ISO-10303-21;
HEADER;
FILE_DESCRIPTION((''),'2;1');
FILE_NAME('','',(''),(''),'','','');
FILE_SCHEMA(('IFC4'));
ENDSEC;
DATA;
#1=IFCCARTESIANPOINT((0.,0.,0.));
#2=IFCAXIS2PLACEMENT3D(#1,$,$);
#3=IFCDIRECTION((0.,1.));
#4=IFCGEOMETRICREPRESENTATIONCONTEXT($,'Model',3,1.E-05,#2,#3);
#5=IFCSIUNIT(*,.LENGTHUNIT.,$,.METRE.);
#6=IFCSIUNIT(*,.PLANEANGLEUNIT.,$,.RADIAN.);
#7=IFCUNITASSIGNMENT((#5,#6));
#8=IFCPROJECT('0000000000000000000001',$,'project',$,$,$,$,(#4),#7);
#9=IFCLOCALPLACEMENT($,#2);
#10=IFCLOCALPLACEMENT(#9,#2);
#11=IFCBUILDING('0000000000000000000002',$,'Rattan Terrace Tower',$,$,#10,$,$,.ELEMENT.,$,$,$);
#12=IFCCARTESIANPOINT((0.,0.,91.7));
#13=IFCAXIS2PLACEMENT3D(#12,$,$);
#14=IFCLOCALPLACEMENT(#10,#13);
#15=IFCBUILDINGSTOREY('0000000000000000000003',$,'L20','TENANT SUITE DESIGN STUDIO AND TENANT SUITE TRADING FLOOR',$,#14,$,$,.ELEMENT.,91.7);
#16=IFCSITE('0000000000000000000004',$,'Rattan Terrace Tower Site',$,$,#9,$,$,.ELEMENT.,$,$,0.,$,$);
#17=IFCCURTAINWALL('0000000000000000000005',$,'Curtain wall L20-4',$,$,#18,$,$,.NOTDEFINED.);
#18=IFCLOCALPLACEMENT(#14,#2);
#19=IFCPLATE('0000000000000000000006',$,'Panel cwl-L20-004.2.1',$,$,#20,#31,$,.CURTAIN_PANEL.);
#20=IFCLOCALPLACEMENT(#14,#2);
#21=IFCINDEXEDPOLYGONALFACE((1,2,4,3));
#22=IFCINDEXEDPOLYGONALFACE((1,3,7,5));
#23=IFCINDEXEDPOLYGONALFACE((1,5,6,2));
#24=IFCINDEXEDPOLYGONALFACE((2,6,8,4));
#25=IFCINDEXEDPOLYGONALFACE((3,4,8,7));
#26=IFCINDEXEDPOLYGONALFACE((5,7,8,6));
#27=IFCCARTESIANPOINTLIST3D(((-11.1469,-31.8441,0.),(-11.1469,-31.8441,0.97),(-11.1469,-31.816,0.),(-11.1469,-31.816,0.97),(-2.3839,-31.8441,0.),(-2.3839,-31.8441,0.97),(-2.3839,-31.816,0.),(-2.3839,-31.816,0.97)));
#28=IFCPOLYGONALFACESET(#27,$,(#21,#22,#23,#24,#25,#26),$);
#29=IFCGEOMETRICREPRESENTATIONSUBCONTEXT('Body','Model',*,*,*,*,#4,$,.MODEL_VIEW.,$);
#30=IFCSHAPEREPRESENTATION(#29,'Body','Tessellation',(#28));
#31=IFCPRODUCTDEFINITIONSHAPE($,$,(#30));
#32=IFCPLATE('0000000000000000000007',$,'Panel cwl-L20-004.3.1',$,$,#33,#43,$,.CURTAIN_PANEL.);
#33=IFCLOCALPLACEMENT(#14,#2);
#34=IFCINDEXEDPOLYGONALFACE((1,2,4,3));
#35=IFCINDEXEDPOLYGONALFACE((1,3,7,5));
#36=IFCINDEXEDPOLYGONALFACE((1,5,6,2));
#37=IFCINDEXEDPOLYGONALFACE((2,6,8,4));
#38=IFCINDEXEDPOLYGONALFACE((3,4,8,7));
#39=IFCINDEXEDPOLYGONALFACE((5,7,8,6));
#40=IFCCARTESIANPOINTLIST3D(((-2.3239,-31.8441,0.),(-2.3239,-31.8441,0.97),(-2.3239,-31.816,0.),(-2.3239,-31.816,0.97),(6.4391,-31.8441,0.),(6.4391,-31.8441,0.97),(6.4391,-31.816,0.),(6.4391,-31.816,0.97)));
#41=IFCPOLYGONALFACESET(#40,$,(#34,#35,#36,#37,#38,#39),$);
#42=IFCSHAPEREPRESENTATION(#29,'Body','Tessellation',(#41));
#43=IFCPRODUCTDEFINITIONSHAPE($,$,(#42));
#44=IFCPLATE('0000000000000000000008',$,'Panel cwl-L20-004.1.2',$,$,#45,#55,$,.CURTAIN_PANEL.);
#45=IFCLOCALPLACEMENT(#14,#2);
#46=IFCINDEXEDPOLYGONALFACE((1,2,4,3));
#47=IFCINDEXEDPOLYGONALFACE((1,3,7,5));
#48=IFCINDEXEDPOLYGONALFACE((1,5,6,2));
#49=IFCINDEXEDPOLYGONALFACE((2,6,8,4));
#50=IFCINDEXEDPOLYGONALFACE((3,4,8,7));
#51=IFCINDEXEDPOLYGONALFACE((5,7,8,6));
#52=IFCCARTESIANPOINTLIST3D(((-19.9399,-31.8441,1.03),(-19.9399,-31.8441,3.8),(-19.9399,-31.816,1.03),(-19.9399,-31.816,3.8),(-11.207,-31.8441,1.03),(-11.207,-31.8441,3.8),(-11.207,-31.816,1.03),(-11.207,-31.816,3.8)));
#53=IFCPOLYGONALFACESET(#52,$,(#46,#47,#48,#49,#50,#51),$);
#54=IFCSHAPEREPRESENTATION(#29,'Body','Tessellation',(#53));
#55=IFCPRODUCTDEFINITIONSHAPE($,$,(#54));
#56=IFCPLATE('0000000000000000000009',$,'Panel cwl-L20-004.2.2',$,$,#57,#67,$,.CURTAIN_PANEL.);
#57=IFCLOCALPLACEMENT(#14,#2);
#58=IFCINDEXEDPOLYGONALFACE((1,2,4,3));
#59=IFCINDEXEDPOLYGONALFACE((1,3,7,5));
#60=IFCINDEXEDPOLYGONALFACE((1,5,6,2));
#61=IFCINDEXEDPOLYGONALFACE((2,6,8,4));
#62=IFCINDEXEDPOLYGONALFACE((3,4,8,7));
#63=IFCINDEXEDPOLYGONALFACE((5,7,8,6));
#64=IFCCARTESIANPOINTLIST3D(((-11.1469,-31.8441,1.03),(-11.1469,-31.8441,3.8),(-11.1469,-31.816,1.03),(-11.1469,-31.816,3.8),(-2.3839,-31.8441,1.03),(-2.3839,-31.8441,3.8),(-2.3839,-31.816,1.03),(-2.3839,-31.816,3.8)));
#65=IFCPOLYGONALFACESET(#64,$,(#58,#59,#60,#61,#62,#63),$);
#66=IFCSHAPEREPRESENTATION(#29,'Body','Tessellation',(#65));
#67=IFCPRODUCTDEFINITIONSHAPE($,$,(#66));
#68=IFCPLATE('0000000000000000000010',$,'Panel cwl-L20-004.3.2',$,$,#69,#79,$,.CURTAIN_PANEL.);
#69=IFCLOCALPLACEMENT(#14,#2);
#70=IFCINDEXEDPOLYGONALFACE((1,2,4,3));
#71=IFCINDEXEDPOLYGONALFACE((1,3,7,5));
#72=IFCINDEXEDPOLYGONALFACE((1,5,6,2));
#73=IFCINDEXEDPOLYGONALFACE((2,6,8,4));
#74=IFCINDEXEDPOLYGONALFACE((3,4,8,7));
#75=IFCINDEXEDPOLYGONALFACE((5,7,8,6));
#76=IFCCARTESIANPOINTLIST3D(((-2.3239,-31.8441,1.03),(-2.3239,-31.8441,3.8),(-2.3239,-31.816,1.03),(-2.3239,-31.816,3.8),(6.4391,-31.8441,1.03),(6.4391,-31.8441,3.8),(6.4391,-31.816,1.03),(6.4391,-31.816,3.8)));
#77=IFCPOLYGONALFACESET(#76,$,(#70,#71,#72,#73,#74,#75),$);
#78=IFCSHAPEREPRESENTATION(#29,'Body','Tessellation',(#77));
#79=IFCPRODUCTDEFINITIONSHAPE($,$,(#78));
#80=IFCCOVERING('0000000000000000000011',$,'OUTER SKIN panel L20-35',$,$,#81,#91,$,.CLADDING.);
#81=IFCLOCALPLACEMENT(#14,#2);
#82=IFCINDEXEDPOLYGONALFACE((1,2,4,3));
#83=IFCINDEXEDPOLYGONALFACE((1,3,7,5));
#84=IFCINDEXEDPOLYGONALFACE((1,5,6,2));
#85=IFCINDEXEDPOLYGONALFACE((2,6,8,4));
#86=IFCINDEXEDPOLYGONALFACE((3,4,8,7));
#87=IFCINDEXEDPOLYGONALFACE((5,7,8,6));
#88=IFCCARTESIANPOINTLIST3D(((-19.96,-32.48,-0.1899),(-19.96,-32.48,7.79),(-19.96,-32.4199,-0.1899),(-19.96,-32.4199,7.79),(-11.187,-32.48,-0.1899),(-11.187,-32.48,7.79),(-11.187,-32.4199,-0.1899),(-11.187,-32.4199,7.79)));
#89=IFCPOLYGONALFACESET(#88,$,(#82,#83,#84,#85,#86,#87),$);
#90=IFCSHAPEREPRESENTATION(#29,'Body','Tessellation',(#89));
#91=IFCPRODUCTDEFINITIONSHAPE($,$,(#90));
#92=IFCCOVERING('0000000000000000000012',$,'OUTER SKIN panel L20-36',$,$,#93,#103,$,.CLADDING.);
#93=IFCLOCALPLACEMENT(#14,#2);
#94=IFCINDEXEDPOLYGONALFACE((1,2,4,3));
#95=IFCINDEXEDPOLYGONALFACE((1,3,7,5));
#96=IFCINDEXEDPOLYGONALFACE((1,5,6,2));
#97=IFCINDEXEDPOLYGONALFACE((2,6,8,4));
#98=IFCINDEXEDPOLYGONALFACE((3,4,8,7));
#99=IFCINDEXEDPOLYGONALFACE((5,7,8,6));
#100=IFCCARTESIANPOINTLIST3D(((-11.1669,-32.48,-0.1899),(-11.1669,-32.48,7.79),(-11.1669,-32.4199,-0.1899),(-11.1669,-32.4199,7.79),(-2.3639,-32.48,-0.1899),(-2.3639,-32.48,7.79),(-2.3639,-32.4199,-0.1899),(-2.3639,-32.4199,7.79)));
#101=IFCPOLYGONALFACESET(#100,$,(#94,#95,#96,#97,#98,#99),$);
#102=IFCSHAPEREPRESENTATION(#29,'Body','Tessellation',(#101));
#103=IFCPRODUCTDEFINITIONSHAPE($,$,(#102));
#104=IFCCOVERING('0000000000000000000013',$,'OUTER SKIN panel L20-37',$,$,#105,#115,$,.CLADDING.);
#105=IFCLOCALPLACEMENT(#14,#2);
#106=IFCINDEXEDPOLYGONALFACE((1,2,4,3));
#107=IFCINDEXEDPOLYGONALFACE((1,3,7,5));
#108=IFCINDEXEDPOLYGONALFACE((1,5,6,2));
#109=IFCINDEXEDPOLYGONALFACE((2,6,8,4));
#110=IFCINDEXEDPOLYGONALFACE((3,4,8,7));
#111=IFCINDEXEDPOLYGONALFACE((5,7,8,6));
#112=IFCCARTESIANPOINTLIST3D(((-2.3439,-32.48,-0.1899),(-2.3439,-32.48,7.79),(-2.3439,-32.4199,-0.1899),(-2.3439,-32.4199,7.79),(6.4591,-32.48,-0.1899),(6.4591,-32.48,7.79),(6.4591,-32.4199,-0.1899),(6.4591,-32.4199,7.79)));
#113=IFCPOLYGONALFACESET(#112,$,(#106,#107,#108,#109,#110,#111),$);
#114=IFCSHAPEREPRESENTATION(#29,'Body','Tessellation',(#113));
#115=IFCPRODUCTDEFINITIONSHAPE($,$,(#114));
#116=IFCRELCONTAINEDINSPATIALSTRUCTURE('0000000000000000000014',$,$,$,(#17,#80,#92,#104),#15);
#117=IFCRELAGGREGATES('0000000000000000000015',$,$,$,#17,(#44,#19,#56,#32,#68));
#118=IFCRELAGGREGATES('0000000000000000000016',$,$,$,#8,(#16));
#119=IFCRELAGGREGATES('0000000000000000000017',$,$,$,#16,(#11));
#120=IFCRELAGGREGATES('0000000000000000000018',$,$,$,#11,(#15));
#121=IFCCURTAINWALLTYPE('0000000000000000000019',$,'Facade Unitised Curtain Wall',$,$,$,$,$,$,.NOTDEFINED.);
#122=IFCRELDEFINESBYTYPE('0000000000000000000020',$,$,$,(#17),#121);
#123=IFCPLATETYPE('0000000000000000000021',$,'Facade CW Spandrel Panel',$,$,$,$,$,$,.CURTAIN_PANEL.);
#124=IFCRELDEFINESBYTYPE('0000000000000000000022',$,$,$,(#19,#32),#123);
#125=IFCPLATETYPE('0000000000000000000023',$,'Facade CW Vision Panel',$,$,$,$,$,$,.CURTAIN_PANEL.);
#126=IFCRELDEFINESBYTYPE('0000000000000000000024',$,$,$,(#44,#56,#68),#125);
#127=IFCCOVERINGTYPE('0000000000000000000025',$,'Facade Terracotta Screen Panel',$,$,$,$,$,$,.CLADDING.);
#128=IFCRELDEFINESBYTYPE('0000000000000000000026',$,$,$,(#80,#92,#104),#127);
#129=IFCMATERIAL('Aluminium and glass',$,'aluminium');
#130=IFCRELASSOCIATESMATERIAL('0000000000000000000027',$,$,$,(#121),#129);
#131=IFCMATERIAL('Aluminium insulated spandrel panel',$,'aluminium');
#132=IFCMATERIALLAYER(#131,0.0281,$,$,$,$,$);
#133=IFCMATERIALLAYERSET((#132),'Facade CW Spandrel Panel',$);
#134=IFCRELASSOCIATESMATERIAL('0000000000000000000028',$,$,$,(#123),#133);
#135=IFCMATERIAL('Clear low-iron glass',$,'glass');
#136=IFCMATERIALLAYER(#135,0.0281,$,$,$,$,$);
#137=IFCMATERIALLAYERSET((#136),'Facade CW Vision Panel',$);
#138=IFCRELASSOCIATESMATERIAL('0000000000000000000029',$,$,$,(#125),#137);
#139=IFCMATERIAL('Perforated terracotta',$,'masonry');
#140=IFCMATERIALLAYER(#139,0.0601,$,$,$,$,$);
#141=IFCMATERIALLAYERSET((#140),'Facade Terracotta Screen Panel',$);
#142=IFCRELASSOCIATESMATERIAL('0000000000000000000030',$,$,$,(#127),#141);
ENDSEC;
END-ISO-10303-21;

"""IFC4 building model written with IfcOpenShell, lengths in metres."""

from ifc_helpers import new_model, si_unit, direction, frame, origin, origin_2d, place, context, subcontext, project, spatial, rectangle, extrude, material, layer, layer_set, type_object, element, aggregate, save


model = new_model("IFC4")

# Units and contexts
model_context = context("Model", 3, precision=1e-05, world=origin(), true_north=direction((0.0, 1.0)))
body_context = subcontext(model_context, "Body", "Model", "MODEL_VIEW")
ifc_project = project(units=[si_unit("LENGTHUNIT", "METRE"), si_unit("PLANEANGLEUNIT", "RADIAN")], contexts=[model_context])

# Site, building, storey
site_placement = place(None, origin())
site = spatial("IfcSite", under=ifc_project, at=site_placement, Name="Rattan Terrace Tower Site", CompositionType="ELEMENT", RefElevation=0.0)
building_placement = place(site_placement, origin())
building = spatial("IfcBuilding", under=site, at=building_placement, Name="Rattan Terrace Tower", CompositionType="ELEMENT")
storey_placement = place(building_placement, frame((0.0, 0.0, 91.7)))
storey = spatial("IfcBuildingStorey", under=building, at=storey_placement, Name="L20", Description="TENANT SUITE DESIGN STUDIO AND TENANT SUITE TRADING FLOOR", CompositionType="ELEMENT", Elevation=91.7)

# Curtain wall
ifc_material_1 = material(Name="Aluminium and glass", Category="aluminium")
curtain_wall_type = type_object("IfcCurtainWallType", Name="Facade Unitised Curtain Wall", PredefinedType="NOTDEFINED", material=ifc_material_1)
curtain_wall_placement = place(storey_placement, origin())
curtain_wall = element("IfcCurtainWall", 1, at=curtain_wall_placement, inside=storey, type_object=curtain_wall_type, Name="Curtain wall L20-4", PredefinedType="NOTDEFINED")

# Plates
ifc_material_2 = material(Name="Aluminium insulated spandrel panel", Category="aluminium")
ifc_layer_1 = layer(ifc_material_2, 0.0281)
ifc_layer_set_1 = layer_set([ifc_layer_1], Name="Facade CW Spandrel Panel")
plate_type_1 = type_object("IfcPlateType", Name="Facade CW Spandrel Panel", PredefinedType="CURTAIN_PANEL", material=ifc_layer_set_1)
plate_1_placement = place(storey_placement, frame((-6.7654, -31.8301, 0.0), z_axis=(0.0, 0.0, 1.0), x_axis=(1.0, 0.0, 0.0)))
plate_1 = element("IfcPlate", 2, at=plate_1_placement, type_object=plate_type_1, Name="Panel cwl-L20-004.2.1", PredefinedType="CURTAIN_PANEL", context=body_context, shape_type="SweptSolid", body=[
    extrude(rectangle(XDim=8.7629, YDim=0.0281, at=origin_2d()), origin(), (0.0, 0.0, 1.0), 0.97),
])
plate_2_placement = place(storey_placement, frame((2.0576, -31.8301, 0.0), z_axis=(0.0, 0.0, 1.0), x_axis=(1.0, 0.0, 0.0)))
plate_2 = element("IfcPlate", 3, at=plate_2_placement, type_object=plate_type_1, Name="Panel cwl-L20-004.3.1", PredefinedType="CURTAIN_PANEL", context=body_context, shape_type="SweptSolid", body=[
    extrude(rectangle(XDim=8.7629, YDim=0.0281, at=origin_2d()), origin(), (0.0, 0.0, 1.0), 0.97),
])
ifc_material_3 = material(Name="Clear low-iron glass", Category="glass")
ifc_layer_2 = layer(ifc_material_3, 0.0281)
ifc_layer_set_2 = layer_set([ifc_layer_2], Name="Facade CW Vision Panel")
plate_type_2 = type_object("IfcPlateType", Name="Facade CW Vision Panel", PredefinedType="CURTAIN_PANEL", material=ifc_layer_set_2)
plate_3_placement = place(storey_placement, frame((-15.5735, -31.8301, 1.03), z_axis=(0.0, 0.0, 1.0), x_axis=(1.0, 0.0, 0.0)))
plate_3 = element("IfcPlate", 4, at=plate_3_placement, type_object=plate_type_2, Name="Panel cwl-L20-004.1.2", PredefinedType="CURTAIN_PANEL", context=body_context, shape_type="SweptSolid", body=[
    extrude(rectangle(XDim=8.7329, YDim=0.0281, at=origin_2d()), origin(), (0.0, 0.0, 1.0), 2.77),
])
plate_4_placement = place(storey_placement, frame((-6.7654, -31.8301, 1.03), z_axis=(0.0, 0.0, 1.0), x_axis=(1.0, 0.0, 0.0)))
plate_4 = element("IfcPlate", 5, at=plate_4_placement, type_object=plate_type_2, Name="Panel cwl-L20-004.2.2", PredefinedType="CURTAIN_PANEL", context=body_context, shape_type="SweptSolid", body=[
    extrude(rectangle(XDim=8.7629, YDim=0.0281, at=origin_2d()), origin(), (0.0, 0.0, 1.0), 2.77),
])
plate_5_placement = place(storey_placement, frame((2.0576, -31.8301, 1.03), z_axis=(0.0, 0.0, 1.0), x_axis=(1.0, 0.0, 0.0)))
plate_5 = element("IfcPlate", 6, at=plate_5_placement, type_object=plate_type_2, Name="Panel cwl-L20-004.3.2", PredefinedType="CURTAIN_PANEL", context=body_context, shape_type="SweptSolid", body=[
    extrude(rectangle(XDim=8.7629, YDim=0.0281, at=origin_2d()), origin(), (0.0, 0.0, 1.0), 2.77),
])
aggregate(curtain_wall, [plate_3, plate_1, plate_4, plate_2, plate_5])

# Coverings
ifc_material_4 = material(Name="Perforated terracotta", Category="masonry")
ifc_layer_3 = layer(ifc_material_4, 0.0601)
ifc_layer_set_3 = layer_set([ifc_layer_3], Name="Facade Terracotta Screen Panel")
covering_type = type_object("IfcCoveringType", Name="Facade Terracotta Screen Panel", PredefinedType="CLADDING", material=ifc_layer_set_3)
covering_placement = place(storey_placement, frame((-15.5735, -32.45, -0.1899), z_axis=(0.0, 0.0, 1.0), x_axis=(1.0, 0.0, 0.0)))
element("IfcCovering", 7, at=covering_placement, inside=storey, type_object=covering_type, Name="OUTER SKIN panel L20-35", PredefinedType="CLADDING", context=body_context, shape_type="SweptSolid", body=[
    extrude(rectangle(XDim=8.7729, YDim=0.0601, at=origin_2d()), origin(), (0.0, 0.0, 1.0), 7.98),
])
for number, where, z_axis, x_axis, name in (
    (8, (-6.7654, -32.45, -0.1899), (0.0, 0.0, 1.0), (1.0, 0.0, 0.0), "OUTER SKIN panel L20-36"),
    (9, (2.0576, -32.45, -0.1899), (0.0, 0.0, 1.0), (1.0, 0.0, 0.0), "OUTER SKIN panel L20-37"),
):
    element("IfcCovering", number, at=place(storey_placement, frame(where, z_axis=z_axis, x_axis=x_axis)), inside=storey, type_object=covering_type, Name=name, PredefinedType="CLADDING", context=body_context, shape_type="SweptSolid", body=[
        extrude(rectangle(XDim=8.803, YDim=0.0601, at=origin_2d()), origin(), (0.0, 0.0, 1.0), 7.98),
    ])

save(model, "model.ifc")
